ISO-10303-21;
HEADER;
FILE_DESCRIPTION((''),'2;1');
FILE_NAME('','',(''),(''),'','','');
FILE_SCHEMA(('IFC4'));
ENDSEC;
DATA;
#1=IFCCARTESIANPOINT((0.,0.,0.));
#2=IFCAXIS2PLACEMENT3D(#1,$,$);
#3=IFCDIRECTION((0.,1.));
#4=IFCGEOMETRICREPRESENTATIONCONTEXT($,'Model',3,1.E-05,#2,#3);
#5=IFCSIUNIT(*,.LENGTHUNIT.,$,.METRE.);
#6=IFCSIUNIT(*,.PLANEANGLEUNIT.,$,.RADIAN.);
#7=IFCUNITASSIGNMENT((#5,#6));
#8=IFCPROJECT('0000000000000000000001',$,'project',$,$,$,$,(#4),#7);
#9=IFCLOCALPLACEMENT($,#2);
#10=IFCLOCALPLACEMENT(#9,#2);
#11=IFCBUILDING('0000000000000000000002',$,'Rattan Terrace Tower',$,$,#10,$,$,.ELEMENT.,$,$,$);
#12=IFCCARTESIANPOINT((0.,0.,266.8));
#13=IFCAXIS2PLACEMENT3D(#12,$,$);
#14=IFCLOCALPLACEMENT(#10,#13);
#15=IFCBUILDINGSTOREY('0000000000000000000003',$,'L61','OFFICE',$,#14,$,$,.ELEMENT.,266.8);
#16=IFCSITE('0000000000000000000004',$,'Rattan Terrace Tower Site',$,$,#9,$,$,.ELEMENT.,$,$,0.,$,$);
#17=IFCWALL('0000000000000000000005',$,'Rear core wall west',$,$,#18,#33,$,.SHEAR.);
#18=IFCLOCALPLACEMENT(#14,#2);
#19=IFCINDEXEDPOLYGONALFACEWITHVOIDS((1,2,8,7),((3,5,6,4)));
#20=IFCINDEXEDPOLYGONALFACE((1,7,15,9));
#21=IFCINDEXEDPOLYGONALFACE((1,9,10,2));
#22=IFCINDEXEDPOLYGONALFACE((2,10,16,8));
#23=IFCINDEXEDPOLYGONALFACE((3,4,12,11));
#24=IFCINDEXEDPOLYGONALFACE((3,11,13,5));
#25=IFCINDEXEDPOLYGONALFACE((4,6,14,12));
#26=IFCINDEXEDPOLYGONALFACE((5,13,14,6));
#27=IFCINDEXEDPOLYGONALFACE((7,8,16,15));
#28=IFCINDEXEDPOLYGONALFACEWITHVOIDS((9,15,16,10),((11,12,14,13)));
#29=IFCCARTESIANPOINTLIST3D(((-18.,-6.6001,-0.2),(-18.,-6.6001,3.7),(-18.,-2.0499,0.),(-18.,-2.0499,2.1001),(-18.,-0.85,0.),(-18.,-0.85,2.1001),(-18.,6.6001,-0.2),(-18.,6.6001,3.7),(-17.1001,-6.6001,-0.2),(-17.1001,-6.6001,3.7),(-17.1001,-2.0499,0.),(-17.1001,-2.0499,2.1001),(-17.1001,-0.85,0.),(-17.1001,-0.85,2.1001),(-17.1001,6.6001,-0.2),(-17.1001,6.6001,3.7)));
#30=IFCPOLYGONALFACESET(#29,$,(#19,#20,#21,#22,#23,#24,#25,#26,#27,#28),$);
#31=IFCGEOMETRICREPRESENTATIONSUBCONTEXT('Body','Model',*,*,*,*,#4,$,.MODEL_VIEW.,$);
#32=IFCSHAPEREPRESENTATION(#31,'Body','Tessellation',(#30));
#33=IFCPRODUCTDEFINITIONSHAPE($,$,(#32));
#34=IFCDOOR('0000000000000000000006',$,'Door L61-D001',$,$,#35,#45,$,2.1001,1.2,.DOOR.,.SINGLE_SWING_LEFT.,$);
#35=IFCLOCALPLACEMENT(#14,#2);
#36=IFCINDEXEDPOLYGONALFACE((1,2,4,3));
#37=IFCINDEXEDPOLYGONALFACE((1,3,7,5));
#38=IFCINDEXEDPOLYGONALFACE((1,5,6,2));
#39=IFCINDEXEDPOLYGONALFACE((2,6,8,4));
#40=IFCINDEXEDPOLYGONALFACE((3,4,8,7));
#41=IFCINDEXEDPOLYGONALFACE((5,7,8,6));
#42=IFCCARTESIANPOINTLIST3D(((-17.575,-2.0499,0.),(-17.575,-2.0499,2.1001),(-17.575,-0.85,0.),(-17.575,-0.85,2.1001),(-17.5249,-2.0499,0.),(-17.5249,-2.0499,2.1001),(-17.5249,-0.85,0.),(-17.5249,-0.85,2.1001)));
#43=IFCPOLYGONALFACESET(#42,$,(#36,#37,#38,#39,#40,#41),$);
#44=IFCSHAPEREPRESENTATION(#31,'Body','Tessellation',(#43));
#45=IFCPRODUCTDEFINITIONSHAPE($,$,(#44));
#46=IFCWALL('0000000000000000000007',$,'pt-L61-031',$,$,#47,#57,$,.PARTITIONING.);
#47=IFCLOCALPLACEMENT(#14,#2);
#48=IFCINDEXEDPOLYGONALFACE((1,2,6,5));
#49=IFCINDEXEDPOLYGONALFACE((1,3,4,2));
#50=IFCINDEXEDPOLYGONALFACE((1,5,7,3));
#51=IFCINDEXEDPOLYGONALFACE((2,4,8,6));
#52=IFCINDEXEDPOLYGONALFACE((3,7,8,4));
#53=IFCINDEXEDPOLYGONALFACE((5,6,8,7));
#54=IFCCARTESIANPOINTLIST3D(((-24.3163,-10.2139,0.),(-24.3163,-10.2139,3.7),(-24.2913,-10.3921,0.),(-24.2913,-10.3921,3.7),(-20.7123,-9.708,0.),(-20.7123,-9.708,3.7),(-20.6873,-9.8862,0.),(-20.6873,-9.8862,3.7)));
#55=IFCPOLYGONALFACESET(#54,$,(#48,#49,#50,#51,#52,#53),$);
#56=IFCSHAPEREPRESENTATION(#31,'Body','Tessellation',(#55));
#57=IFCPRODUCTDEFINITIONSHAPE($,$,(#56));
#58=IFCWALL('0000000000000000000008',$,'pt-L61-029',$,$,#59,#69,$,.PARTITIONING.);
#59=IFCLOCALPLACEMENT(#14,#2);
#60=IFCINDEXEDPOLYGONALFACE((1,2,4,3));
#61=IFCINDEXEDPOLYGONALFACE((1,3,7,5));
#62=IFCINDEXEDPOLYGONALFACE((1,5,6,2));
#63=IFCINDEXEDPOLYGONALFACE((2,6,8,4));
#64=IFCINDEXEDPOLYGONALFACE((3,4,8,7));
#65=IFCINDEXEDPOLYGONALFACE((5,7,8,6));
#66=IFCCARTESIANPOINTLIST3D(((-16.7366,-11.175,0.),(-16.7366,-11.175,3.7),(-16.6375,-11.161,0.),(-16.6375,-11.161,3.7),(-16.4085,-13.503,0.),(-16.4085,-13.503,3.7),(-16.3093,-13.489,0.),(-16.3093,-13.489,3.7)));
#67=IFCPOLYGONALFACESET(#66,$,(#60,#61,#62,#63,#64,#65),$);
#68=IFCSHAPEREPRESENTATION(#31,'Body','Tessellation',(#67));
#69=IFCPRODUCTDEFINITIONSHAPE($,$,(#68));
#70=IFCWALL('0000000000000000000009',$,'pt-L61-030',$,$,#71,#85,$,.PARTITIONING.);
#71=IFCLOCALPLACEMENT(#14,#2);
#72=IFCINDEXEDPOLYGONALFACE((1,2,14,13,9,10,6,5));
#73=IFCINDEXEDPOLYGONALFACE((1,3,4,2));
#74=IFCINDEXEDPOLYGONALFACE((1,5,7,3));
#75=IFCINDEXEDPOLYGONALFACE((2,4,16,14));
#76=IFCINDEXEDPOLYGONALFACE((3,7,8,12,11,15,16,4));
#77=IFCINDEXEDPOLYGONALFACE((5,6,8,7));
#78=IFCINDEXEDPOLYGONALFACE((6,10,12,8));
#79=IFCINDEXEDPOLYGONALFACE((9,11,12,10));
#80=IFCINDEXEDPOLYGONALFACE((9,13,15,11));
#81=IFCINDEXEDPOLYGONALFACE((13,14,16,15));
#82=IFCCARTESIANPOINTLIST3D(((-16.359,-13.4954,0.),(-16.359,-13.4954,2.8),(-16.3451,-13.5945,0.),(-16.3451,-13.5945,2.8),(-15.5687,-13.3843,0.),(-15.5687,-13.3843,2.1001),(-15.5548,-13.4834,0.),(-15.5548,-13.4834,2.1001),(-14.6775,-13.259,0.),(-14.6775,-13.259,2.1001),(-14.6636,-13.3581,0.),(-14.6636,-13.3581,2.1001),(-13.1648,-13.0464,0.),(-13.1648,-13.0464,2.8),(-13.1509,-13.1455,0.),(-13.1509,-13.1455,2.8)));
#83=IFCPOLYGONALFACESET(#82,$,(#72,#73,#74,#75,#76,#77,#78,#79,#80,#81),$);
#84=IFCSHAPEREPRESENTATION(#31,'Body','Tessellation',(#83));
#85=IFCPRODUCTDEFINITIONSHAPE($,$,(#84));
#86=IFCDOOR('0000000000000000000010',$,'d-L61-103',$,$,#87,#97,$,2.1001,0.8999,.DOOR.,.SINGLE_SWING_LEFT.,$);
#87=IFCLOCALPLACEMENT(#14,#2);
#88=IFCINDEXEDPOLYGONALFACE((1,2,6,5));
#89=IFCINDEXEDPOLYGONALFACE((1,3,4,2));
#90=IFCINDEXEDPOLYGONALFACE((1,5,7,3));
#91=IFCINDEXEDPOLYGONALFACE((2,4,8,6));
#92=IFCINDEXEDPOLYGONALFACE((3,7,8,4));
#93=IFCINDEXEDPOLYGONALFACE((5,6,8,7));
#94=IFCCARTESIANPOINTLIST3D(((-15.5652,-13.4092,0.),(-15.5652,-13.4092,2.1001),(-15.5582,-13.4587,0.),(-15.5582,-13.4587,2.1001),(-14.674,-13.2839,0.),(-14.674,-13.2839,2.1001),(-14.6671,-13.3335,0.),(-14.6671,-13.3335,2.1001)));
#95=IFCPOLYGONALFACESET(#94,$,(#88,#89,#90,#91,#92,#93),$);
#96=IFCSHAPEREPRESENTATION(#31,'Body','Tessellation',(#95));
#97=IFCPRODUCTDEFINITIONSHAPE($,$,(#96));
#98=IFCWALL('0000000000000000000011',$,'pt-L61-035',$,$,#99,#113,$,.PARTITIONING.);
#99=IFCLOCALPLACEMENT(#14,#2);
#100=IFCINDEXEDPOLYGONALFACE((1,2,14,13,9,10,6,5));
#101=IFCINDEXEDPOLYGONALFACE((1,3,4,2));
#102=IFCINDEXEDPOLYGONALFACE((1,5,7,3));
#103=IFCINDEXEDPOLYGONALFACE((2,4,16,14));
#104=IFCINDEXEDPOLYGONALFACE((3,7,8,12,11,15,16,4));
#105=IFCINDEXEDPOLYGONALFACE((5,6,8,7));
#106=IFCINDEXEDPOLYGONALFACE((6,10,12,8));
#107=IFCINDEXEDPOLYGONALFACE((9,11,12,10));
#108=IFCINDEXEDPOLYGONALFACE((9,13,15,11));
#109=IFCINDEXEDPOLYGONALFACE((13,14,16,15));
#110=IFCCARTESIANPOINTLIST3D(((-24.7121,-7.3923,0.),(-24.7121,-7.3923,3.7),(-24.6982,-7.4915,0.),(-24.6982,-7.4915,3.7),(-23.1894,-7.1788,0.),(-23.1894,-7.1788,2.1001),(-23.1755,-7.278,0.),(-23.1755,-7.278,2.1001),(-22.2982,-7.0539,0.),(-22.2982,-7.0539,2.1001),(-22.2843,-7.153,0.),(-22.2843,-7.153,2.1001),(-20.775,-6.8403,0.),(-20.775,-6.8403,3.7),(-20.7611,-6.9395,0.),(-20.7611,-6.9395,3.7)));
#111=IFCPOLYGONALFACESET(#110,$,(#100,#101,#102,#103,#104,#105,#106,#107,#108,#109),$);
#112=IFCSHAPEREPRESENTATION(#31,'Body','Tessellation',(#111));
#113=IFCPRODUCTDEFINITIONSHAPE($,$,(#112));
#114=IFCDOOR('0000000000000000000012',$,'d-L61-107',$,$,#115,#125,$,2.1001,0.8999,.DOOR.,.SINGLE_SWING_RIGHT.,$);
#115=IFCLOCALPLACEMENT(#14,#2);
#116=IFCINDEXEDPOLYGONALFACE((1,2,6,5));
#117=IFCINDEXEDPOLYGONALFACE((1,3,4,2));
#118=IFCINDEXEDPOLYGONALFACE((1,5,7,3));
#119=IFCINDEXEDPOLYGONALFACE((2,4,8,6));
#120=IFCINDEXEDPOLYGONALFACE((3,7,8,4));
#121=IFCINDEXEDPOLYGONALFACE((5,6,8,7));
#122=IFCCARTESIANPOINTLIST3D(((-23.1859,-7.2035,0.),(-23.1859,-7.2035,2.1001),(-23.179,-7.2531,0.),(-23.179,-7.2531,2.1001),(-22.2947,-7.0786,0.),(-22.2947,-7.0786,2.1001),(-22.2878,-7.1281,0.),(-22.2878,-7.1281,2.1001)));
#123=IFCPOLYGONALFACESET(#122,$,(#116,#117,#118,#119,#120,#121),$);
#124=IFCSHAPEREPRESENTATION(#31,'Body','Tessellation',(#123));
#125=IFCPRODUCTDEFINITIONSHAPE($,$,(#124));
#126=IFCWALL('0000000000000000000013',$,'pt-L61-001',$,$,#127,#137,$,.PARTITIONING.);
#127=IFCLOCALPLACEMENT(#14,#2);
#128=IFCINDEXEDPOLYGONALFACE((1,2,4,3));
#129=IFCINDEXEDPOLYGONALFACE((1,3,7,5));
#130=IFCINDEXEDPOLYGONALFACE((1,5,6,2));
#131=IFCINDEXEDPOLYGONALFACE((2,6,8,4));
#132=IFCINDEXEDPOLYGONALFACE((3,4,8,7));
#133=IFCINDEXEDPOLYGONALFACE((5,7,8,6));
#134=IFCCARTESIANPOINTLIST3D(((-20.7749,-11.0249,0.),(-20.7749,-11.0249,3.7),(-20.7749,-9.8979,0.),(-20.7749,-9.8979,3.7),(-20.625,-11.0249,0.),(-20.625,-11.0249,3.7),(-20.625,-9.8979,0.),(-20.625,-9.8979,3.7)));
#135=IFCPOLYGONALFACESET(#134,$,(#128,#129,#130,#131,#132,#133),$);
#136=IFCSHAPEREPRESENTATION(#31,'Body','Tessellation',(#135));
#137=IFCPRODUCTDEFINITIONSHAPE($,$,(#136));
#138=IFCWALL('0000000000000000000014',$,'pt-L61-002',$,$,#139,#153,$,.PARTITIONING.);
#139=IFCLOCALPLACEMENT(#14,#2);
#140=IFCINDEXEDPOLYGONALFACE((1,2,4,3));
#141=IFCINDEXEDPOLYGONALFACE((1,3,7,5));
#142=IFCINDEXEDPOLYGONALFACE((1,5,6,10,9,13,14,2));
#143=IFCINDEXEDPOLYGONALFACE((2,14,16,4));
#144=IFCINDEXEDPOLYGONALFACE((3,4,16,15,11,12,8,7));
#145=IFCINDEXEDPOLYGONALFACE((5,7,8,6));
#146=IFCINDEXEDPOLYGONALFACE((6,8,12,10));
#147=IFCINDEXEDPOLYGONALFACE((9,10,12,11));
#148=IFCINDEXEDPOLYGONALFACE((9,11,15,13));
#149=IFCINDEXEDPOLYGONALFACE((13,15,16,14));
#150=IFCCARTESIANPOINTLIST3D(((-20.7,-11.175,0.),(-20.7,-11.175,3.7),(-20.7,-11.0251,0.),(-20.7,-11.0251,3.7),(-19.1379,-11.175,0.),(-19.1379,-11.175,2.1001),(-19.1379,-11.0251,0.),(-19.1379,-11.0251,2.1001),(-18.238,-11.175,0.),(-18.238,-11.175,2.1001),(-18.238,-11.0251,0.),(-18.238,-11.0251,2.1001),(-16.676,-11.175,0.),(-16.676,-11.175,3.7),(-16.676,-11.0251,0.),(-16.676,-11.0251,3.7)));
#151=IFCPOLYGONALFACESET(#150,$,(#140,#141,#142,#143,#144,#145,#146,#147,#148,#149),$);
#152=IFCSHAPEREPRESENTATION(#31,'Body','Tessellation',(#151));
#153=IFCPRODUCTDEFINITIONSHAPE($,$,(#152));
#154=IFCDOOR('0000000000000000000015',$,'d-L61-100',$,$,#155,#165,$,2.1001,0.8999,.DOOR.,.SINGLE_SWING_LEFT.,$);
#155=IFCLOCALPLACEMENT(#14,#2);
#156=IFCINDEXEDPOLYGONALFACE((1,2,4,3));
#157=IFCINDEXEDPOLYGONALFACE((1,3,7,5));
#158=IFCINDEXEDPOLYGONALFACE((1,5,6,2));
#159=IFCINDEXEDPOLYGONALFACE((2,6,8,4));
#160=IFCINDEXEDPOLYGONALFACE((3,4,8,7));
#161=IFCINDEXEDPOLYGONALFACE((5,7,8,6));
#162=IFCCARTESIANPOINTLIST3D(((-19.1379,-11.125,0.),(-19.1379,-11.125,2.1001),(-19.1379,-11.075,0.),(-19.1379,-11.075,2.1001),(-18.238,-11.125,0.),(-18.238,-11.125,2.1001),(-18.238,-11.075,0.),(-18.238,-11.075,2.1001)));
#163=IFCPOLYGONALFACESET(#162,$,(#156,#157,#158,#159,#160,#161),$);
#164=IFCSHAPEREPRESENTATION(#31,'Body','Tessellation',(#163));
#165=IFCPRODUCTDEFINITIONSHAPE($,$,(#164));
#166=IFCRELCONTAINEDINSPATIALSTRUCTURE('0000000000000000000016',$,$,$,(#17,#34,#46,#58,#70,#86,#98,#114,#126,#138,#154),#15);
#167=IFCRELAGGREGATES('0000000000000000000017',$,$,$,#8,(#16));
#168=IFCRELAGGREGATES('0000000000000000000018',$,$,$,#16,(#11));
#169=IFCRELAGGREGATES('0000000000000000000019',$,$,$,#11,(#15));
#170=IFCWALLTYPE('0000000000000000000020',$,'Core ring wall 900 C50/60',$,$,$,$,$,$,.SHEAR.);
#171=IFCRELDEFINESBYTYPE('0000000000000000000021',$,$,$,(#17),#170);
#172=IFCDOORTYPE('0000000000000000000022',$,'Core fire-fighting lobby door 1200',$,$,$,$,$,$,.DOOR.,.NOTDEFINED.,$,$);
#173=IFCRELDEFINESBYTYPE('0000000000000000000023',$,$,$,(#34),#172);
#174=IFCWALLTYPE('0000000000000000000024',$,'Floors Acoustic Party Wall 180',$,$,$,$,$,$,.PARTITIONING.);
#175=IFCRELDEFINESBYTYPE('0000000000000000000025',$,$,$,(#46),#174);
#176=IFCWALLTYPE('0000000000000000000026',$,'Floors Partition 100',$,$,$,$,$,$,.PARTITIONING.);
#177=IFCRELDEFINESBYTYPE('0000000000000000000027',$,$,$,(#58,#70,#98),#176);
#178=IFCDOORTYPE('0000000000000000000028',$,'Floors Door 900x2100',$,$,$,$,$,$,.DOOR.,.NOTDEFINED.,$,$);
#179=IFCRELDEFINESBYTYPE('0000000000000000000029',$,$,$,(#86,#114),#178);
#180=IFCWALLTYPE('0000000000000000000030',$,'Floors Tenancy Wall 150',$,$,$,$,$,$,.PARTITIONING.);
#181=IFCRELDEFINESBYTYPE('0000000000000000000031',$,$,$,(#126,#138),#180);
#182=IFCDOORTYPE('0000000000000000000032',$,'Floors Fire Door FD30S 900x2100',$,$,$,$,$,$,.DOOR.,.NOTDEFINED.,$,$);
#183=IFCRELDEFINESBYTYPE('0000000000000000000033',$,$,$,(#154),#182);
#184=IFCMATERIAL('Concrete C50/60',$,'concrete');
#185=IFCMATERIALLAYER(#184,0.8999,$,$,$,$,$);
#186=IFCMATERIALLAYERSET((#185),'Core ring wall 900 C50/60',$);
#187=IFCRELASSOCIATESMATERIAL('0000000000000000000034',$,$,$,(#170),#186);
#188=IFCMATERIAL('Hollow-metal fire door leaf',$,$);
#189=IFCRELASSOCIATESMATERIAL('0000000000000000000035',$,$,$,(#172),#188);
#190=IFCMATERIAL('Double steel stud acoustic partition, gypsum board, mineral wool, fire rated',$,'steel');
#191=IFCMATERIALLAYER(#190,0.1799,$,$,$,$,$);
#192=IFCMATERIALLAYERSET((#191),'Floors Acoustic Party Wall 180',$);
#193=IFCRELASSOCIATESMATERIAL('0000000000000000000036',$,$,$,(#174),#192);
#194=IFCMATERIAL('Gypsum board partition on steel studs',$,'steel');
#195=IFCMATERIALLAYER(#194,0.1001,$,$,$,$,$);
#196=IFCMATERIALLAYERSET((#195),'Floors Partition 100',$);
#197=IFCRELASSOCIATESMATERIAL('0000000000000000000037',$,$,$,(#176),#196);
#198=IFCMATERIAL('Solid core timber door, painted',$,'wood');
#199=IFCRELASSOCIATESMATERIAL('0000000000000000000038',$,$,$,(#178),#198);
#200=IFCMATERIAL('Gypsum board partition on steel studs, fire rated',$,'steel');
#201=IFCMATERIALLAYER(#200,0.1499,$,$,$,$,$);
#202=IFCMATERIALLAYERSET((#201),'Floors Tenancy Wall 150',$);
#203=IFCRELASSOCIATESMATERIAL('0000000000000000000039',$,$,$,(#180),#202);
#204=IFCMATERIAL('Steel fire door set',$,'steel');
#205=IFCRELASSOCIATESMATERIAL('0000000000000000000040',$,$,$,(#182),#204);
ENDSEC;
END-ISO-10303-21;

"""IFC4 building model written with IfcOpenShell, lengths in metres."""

from ifc_helpers import new_model, si_unit, direction, frame, frame_2d, origin, place, context, subcontext, project, spatial, rectangle, extrude, material, layer, layer_set, type_object, element, fill, save


model = new_model("IFC4")

# Units and contexts
model_context = context("Model", 3, precision=1e-05, world=origin(), true_north=direction((0.0, 1.0)))
body_context = subcontext(model_context, "Body", "Model", "MODEL_VIEW")
ifc_project = project(units=[si_unit("LENGTHUNIT", "METRE"), si_unit("PLANEANGLEUNIT", "RADIAN")], contexts=[model_context])

# Site, building, storey
site_placement = place(None, origin())
site = spatial("IfcSite", under=ifc_project, at=site_placement, Name="Rattan Terrace Tower Site", CompositionType="ELEMENT", RefElevation=0.0)
building_placement = place(site_placement, origin())
building = spatial("IfcBuilding", under=site, at=building_placement, Name="Rattan Terrace Tower", CompositionType="ELEMENT")
storey_placement = place(building_placement, frame((0.0, 0.0, 266.8)))
storey = spatial("IfcBuildingStorey", under=building, at=storey_placement, Name="L61", Description="OFFICE", CompositionType="ELEMENT", Elevation=266.8)

# Shared definitions
ifc_material_1 = material(Name="Concrete C50/60", Category="concrete")
ifc_layer_1 = layer(ifc_material_1, 0.8999)
ifc_layer_set_1 = layer_set([ifc_layer_1], Name="Core ring wall 900 C50/60")
wall_type_1 = type_object("IfcWallType", Name="Core ring wall 900 C50/60", PredefinedType="SHEAR", material=ifc_layer_set_1)

# Wall, opening, door
wall_1_placement = place(storey_placement, frame((-17.55, -6.6001, -0.2), z_axis=(0.0, 0.0, 1.0), x_axis=(0.0, 1.0, 0.0)))
wall_1 = element("IfcWall", 1, at=wall_1_placement, inside=storey, type_object=wall_type_1, Name="Rear core wall west", PredefinedType="SHEAR", context=body_context, shape_type="SweptSolid", body=[
    extrude(rectangle(XDim=13.2002, YDim=0.8999, at=frame_2d((6.6001, 0.0))), origin(), (0.0, 0.0, 1.0), 3.8999),
])
opening_1_placement = place(wall_1_placement, frame((4.55, 0.0, 0.2)))
opening_1 = element("IfcOpeningElement", 2, at=opening_1_placement, cuts=wall_1, PredefinedType="OPENING", context=body_context, shape_type="SweptSolid", body=[
    extrude(rectangle(XDim=1.2, YDim=2.1001, at=frame_2d((0.6001, 1.05))), frame((0.0, 0.4604, 0.0), z_axis=(0.0, -1.0, 0.0), x_axis=(1.0, 0.0, 0.0)), (0.0, 0.0, 1.0), 0.9209),
])
ifc_material_2 = material(Name="Hollow-metal fire door leaf")
door_type_1 = type_object("IfcDoorType", Name="Core fire-fighting lobby door 1200", OperationType="NOTDEFINED", PredefinedType="DOOR", material=ifc_material_2)
door_1_placement = place(opening_1_placement, origin())
door_1 = element("IfcDoor", 3, at=door_1_placement, inside=storey, type_object=door_type_1, Name="Door L61-D001", OperationType="SINGLE_SWING_LEFT", OverallHeight=2.1001, OverallWidth=1.2, PredefinedType="DOOR", context=body_context, shape_type="SweptSolid", body=[
    extrude(rectangle(XDim=1.2, YDim=2.1001, at=frame_2d((0.6001, 1.05))), frame((0.0, 0.0249, 0.0), z_axis=(0.0, -1.0, 0.0), x_axis=(1.0, 0.0, 0.0)), (0.0, 0.0, 1.0), 0.05),
])
fill(opening_1, door_1)

# Walls
ifc_material_3 = material(Name="Double steel stud acoustic partition, gypsum board, mineral wool, fire rated", Category="steel")
ifc_layer_2 = layer(ifc_material_3, 0.1799)
ifc_layer_set_2 = layer_set([ifc_layer_2], Name="Floors Acoustic Party Wall 180")
wall_type_2 = type_object("IfcWallType", Name="Floors Acoustic Party Wall 180", PredefinedType="PARTITIONING", material=ifc_layer_set_2)
wall_2_placement = place(storey_placement, frame((-24.304, -10.303, 0.0), z_axis=(0.0, 0.0, 1.0), x_axis=(0.990293, 0.138998, 0.0)))
element("IfcWall", 4, at=wall_2_placement, inside=storey, type_object=wall_type_2, Name="pt-L61-031", PredefinedType="PARTITIONING", context=body_context, shape_type="SweptSolid", body=[
    extrude(rectangle(XDim=3.6394, YDim=0.1799, at=frame_2d((1.8198, 0.0))), origin(), (0.0, 0.0, 1.0), 3.7),
])
ifc_material_4 = material(Name="Gypsum board partition on steel studs", Category="steel")
ifc_layer_3 = layer(ifc_material_4, 0.1001)
ifc_layer_set_3 = layer_set([ifc_layer_3], Name="Floors Partition 100")
wall_type_3 = type_object("IfcWallType", Name="Floors Partition 100", PredefinedType="PARTITIONING", material=ifc_layer_set_3)
wall_3_placement = place(storey_placement, frame((-16.687, -11.168, 0.0), z_axis=(0.0, 0.0, 1.0), x_axis=(0.13956, -0.990214, 0.0)))
element("IfcWall", 5, at=wall_3_placement, inside=storey, type_object=wall_type_3, Name="pt-L61-029", PredefinedType="PARTITIONING", context=body_context, shape_type="SweptSolid", body=[
    extrude(rectangle(XDim=2.3511, YDim=0.1001, at=frame_2d((1.1755, 0.0))), origin(), (0.0, 0.0, 1.0), 3.7),
])

# Walls, openings, doors
wall_4_placement = place(storey_placement, frame((-16.3521, -13.5449, 0.0), z_axis=(0.0, 0.0, 1.0), x_axis=(0.990265, 0.139196, 0.0)))
wall_4 = element("IfcWall", 6, at=wall_4_placement, inside=storey, type_object=wall_type_3, Name="pt-L61-030", PredefinedType="PARTITIONING", context=body_context, shape_type="SweptSolid", body=[
    extrude(rectangle(XDim=3.2256, YDim=0.1001, at=frame_2d((1.6128, 0.0))), origin(), (0.0, 0.0, 1.0), 2.8),
])
opening_2_placement = place(wall_4_placement, frame((0.7981, 0.0, 0.0)))
opening_2 = element("IfcOpeningElement", 7, at=opening_2_placement, cuts=wall_4, PredefinedType="OPENING", context=body_context, shape_type="SweptSolid", body=[
    extrude(rectangle(XDim=0.8999, YDim=2.1001, at=frame_2d((0.45, 1.05))), frame((0.0, 0.0605, 0.0), z_axis=(0.0, -1.0, 0.0), x_axis=(1.0, 0.0, 0.0)), (0.0, 0.0, 1.0), 0.1211),
])
ifc_material_5 = material(Name="Solid core timber door, painted", Category="wood")
door_type_2 = type_object("IfcDoorType", Name="Floors Door 900x2100", OperationType="NOTDEFINED", PredefinedType="DOOR", material=ifc_material_5)
door_2_placement = place(opening_2_placement, origin())
door_2 = element("IfcDoor", 8, at=door_2_placement, inside=storey, type_object=door_type_2, Name="d-L61-103", OperationType="SINGLE_SWING_LEFT", OverallHeight=2.1001, OverallWidth=0.8999, PredefinedType="DOOR", context=body_context, shape_type="SweptSolid", body=[
    extrude(rectangle(XDim=0.8999, YDim=2.1001, at=frame_2d((0.45, 1.05))), frame((0.0, 0.0249, 0.0), z_axis=(0.0, -1.0, 0.0), x_axis=(1.0, 0.0, 0.0)), (0.0, 0.0, 1.0), 0.05),
])
fill(opening_2, door_2)
wall_5_placement = place(storey_placement, frame((-20.7681, -6.8899, 0.0), z_axis=(0.0, 0.0, 1.0), x_axis=(-0.990313, -0.13885, 0.0)))
wall_5 = element("IfcWall", 9, at=wall_5_placement, inside=storey, type_object=wall_type_3, Name="pt-L61-035", PredefinedType="PARTITIONING", context=body_context, shape_type="SweptSolid", body=[
    extrude(rectangle(XDim=3.9756, YDim=0.1001, at=frame_2d((1.9878, 0.0))), origin(), (0.0, 0.0, 1.0), 3.7),
])
opening_3_placement = place(wall_5_placement, frame((1.5381, 0.0, 0.0)))
opening_3 = element("IfcOpeningElement", 10, at=opening_3_placement, cuts=wall_5, PredefinedType="OPENING", context=body_context, shape_type="SweptSolid", body=[
    extrude(rectangle(XDim=0.8999, YDim=2.1001, at=frame_2d((0.45, 1.05))), frame((0.0, 0.0605, 0.0), z_axis=(0.0, -1.0, 0.0), x_axis=(1.0, 0.0, 0.0)), (0.0, 0.0, 1.0), 0.1211),
])
door_3_placement = place(opening_3_placement, origin())
door_3 = element("IfcDoor", 11, at=door_3_placement, inside=storey, type_object=door_type_2, Name="d-L61-107", OperationType="SINGLE_SWING_RIGHT", OverallHeight=2.1001, OverallWidth=0.8999, PredefinedType="DOOR", context=body_context, shape_type="SweptSolid", body=[
    extrude(rectangle(XDim=0.8999, YDim=2.1001, at=frame_2d((0.45, 1.05))), frame((0.0, 0.0249, 0.0), z_axis=(0.0, -1.0, 0.0), x_axis=(1.0, 0.0, 0.0)), (0.0, 0.0, 1.0), 0.05),
])
fill(opening_3, door_3)

# Wall
ifc_material_6 = material(Name="Gypsum board partition on steel studs, fire rated", Category="steel")
ifc_layer_4 = layer(ifc_material_6, 0.1499)
ifc_layer_set_4 = layer_set([ifc_layer_4], Name="Floors Tenancy Wall 150")
wall_type_4 = type_object("IfcWallType", Name="Floors Tenancy Wall 150", PredefinedType="PARTITIONING", material=ifc_layer_set_4)
wall_6_placement = place(storey_placement, frame((-20.7, -11.0249, 0.0), z_axis=(0.0, 0.0, 1.0), x_axis=(0.0, 1.0, 0.0)))
element("IfcWall", 12, at=wall_6_placement, inside=storey, type_object=wall_type_4, Name="pt-L61-001", PredefinedType="PARTITIONING", context=body_context, shape_type="SweptSolid", body=[
    extrude(rectangle(XDim=1.127, YDim=0.1499, at=frame_2d((0.5635, 0.0))), origin(), (0.0, 0.0, 1.0), 3.7),
])

# Wall, opening, door
wall_7_placement = place(storey_placement, frame((-16.676, -11.1001, 0.0), z_axis=(0.0, 0.0, 1.0), x_axis=(-1.0, 0.0, 0.0)))
wall_7 = element("IfcWall", 13, at=wall_7_placement, inside=storey, type_object=wall_type_4, Name="pt-L61-002", PredefinedType="PARTITIONING", context=body_context, shape_type="SweptSolid", body=[
    extrude(rectangle(XDim=4.0239, YDim=0.1499, at=frame_2d((2.012, 0.0))), origin(), (0.0, 0.0, 1.0), 3.7),
])
opening_4_placement = place(wall_7_placement, frame((1.562, 0.0, 0.0)))
opening_4 = element("IfcOpeningElement", 14, at=opening_4_placement, cuts=wall_7, PredefinedType="OPENING", context=body_context, shape_type="SweptSolid", body=[
    extrude(rectangle(XDim=0.8999, YDim=2.1001, at=frame_2d((0.45, 1.05))), frame((0.0, 0.0854, 0.0), z_axis=(0.0, -1.0, 0.0), x_axis=(1.0, 0.0, 0.0)), (0.0, 0.0, 1.0), 0.1709),
])
ifc_material_7 = material(Name="Steel fire door set", Category="steel")
door_type_3 = type_object("IfcDoorType", Name="Floors Fire Door FD30S 900x2100", OperationType="NOTDEFINED", PredefinedType="DOOR", material=ifc_material_7)
door_4_placement = place(opening_4_placement, origin())
door_4 = element("IfcDoor", 15, at=door_4_placement, inside=storey, type_object=door_type_3, Name="d-L61-100", OperationType="SINGLE_SWING_LEFT", OverallHeight=2.1001, OverallWidth=0.8999, PredefinedType="DOOR", context=body_context, shape_type="SweptSolid", body=[
    extrude(rectangle(XDim=0.8999, YDim=2.1001, at=frame_2d((0.45, 1.05))), frame((0.0, 0.0249, 0.0), z_axis=(0.0, -1.0, 0.0), x_axis=(1.0, 0.0, 0.0)), (0.0, 0.0, 1.0), 0.05),
])
fill(opening_4, door_4)

save(model, "model.ifc")
